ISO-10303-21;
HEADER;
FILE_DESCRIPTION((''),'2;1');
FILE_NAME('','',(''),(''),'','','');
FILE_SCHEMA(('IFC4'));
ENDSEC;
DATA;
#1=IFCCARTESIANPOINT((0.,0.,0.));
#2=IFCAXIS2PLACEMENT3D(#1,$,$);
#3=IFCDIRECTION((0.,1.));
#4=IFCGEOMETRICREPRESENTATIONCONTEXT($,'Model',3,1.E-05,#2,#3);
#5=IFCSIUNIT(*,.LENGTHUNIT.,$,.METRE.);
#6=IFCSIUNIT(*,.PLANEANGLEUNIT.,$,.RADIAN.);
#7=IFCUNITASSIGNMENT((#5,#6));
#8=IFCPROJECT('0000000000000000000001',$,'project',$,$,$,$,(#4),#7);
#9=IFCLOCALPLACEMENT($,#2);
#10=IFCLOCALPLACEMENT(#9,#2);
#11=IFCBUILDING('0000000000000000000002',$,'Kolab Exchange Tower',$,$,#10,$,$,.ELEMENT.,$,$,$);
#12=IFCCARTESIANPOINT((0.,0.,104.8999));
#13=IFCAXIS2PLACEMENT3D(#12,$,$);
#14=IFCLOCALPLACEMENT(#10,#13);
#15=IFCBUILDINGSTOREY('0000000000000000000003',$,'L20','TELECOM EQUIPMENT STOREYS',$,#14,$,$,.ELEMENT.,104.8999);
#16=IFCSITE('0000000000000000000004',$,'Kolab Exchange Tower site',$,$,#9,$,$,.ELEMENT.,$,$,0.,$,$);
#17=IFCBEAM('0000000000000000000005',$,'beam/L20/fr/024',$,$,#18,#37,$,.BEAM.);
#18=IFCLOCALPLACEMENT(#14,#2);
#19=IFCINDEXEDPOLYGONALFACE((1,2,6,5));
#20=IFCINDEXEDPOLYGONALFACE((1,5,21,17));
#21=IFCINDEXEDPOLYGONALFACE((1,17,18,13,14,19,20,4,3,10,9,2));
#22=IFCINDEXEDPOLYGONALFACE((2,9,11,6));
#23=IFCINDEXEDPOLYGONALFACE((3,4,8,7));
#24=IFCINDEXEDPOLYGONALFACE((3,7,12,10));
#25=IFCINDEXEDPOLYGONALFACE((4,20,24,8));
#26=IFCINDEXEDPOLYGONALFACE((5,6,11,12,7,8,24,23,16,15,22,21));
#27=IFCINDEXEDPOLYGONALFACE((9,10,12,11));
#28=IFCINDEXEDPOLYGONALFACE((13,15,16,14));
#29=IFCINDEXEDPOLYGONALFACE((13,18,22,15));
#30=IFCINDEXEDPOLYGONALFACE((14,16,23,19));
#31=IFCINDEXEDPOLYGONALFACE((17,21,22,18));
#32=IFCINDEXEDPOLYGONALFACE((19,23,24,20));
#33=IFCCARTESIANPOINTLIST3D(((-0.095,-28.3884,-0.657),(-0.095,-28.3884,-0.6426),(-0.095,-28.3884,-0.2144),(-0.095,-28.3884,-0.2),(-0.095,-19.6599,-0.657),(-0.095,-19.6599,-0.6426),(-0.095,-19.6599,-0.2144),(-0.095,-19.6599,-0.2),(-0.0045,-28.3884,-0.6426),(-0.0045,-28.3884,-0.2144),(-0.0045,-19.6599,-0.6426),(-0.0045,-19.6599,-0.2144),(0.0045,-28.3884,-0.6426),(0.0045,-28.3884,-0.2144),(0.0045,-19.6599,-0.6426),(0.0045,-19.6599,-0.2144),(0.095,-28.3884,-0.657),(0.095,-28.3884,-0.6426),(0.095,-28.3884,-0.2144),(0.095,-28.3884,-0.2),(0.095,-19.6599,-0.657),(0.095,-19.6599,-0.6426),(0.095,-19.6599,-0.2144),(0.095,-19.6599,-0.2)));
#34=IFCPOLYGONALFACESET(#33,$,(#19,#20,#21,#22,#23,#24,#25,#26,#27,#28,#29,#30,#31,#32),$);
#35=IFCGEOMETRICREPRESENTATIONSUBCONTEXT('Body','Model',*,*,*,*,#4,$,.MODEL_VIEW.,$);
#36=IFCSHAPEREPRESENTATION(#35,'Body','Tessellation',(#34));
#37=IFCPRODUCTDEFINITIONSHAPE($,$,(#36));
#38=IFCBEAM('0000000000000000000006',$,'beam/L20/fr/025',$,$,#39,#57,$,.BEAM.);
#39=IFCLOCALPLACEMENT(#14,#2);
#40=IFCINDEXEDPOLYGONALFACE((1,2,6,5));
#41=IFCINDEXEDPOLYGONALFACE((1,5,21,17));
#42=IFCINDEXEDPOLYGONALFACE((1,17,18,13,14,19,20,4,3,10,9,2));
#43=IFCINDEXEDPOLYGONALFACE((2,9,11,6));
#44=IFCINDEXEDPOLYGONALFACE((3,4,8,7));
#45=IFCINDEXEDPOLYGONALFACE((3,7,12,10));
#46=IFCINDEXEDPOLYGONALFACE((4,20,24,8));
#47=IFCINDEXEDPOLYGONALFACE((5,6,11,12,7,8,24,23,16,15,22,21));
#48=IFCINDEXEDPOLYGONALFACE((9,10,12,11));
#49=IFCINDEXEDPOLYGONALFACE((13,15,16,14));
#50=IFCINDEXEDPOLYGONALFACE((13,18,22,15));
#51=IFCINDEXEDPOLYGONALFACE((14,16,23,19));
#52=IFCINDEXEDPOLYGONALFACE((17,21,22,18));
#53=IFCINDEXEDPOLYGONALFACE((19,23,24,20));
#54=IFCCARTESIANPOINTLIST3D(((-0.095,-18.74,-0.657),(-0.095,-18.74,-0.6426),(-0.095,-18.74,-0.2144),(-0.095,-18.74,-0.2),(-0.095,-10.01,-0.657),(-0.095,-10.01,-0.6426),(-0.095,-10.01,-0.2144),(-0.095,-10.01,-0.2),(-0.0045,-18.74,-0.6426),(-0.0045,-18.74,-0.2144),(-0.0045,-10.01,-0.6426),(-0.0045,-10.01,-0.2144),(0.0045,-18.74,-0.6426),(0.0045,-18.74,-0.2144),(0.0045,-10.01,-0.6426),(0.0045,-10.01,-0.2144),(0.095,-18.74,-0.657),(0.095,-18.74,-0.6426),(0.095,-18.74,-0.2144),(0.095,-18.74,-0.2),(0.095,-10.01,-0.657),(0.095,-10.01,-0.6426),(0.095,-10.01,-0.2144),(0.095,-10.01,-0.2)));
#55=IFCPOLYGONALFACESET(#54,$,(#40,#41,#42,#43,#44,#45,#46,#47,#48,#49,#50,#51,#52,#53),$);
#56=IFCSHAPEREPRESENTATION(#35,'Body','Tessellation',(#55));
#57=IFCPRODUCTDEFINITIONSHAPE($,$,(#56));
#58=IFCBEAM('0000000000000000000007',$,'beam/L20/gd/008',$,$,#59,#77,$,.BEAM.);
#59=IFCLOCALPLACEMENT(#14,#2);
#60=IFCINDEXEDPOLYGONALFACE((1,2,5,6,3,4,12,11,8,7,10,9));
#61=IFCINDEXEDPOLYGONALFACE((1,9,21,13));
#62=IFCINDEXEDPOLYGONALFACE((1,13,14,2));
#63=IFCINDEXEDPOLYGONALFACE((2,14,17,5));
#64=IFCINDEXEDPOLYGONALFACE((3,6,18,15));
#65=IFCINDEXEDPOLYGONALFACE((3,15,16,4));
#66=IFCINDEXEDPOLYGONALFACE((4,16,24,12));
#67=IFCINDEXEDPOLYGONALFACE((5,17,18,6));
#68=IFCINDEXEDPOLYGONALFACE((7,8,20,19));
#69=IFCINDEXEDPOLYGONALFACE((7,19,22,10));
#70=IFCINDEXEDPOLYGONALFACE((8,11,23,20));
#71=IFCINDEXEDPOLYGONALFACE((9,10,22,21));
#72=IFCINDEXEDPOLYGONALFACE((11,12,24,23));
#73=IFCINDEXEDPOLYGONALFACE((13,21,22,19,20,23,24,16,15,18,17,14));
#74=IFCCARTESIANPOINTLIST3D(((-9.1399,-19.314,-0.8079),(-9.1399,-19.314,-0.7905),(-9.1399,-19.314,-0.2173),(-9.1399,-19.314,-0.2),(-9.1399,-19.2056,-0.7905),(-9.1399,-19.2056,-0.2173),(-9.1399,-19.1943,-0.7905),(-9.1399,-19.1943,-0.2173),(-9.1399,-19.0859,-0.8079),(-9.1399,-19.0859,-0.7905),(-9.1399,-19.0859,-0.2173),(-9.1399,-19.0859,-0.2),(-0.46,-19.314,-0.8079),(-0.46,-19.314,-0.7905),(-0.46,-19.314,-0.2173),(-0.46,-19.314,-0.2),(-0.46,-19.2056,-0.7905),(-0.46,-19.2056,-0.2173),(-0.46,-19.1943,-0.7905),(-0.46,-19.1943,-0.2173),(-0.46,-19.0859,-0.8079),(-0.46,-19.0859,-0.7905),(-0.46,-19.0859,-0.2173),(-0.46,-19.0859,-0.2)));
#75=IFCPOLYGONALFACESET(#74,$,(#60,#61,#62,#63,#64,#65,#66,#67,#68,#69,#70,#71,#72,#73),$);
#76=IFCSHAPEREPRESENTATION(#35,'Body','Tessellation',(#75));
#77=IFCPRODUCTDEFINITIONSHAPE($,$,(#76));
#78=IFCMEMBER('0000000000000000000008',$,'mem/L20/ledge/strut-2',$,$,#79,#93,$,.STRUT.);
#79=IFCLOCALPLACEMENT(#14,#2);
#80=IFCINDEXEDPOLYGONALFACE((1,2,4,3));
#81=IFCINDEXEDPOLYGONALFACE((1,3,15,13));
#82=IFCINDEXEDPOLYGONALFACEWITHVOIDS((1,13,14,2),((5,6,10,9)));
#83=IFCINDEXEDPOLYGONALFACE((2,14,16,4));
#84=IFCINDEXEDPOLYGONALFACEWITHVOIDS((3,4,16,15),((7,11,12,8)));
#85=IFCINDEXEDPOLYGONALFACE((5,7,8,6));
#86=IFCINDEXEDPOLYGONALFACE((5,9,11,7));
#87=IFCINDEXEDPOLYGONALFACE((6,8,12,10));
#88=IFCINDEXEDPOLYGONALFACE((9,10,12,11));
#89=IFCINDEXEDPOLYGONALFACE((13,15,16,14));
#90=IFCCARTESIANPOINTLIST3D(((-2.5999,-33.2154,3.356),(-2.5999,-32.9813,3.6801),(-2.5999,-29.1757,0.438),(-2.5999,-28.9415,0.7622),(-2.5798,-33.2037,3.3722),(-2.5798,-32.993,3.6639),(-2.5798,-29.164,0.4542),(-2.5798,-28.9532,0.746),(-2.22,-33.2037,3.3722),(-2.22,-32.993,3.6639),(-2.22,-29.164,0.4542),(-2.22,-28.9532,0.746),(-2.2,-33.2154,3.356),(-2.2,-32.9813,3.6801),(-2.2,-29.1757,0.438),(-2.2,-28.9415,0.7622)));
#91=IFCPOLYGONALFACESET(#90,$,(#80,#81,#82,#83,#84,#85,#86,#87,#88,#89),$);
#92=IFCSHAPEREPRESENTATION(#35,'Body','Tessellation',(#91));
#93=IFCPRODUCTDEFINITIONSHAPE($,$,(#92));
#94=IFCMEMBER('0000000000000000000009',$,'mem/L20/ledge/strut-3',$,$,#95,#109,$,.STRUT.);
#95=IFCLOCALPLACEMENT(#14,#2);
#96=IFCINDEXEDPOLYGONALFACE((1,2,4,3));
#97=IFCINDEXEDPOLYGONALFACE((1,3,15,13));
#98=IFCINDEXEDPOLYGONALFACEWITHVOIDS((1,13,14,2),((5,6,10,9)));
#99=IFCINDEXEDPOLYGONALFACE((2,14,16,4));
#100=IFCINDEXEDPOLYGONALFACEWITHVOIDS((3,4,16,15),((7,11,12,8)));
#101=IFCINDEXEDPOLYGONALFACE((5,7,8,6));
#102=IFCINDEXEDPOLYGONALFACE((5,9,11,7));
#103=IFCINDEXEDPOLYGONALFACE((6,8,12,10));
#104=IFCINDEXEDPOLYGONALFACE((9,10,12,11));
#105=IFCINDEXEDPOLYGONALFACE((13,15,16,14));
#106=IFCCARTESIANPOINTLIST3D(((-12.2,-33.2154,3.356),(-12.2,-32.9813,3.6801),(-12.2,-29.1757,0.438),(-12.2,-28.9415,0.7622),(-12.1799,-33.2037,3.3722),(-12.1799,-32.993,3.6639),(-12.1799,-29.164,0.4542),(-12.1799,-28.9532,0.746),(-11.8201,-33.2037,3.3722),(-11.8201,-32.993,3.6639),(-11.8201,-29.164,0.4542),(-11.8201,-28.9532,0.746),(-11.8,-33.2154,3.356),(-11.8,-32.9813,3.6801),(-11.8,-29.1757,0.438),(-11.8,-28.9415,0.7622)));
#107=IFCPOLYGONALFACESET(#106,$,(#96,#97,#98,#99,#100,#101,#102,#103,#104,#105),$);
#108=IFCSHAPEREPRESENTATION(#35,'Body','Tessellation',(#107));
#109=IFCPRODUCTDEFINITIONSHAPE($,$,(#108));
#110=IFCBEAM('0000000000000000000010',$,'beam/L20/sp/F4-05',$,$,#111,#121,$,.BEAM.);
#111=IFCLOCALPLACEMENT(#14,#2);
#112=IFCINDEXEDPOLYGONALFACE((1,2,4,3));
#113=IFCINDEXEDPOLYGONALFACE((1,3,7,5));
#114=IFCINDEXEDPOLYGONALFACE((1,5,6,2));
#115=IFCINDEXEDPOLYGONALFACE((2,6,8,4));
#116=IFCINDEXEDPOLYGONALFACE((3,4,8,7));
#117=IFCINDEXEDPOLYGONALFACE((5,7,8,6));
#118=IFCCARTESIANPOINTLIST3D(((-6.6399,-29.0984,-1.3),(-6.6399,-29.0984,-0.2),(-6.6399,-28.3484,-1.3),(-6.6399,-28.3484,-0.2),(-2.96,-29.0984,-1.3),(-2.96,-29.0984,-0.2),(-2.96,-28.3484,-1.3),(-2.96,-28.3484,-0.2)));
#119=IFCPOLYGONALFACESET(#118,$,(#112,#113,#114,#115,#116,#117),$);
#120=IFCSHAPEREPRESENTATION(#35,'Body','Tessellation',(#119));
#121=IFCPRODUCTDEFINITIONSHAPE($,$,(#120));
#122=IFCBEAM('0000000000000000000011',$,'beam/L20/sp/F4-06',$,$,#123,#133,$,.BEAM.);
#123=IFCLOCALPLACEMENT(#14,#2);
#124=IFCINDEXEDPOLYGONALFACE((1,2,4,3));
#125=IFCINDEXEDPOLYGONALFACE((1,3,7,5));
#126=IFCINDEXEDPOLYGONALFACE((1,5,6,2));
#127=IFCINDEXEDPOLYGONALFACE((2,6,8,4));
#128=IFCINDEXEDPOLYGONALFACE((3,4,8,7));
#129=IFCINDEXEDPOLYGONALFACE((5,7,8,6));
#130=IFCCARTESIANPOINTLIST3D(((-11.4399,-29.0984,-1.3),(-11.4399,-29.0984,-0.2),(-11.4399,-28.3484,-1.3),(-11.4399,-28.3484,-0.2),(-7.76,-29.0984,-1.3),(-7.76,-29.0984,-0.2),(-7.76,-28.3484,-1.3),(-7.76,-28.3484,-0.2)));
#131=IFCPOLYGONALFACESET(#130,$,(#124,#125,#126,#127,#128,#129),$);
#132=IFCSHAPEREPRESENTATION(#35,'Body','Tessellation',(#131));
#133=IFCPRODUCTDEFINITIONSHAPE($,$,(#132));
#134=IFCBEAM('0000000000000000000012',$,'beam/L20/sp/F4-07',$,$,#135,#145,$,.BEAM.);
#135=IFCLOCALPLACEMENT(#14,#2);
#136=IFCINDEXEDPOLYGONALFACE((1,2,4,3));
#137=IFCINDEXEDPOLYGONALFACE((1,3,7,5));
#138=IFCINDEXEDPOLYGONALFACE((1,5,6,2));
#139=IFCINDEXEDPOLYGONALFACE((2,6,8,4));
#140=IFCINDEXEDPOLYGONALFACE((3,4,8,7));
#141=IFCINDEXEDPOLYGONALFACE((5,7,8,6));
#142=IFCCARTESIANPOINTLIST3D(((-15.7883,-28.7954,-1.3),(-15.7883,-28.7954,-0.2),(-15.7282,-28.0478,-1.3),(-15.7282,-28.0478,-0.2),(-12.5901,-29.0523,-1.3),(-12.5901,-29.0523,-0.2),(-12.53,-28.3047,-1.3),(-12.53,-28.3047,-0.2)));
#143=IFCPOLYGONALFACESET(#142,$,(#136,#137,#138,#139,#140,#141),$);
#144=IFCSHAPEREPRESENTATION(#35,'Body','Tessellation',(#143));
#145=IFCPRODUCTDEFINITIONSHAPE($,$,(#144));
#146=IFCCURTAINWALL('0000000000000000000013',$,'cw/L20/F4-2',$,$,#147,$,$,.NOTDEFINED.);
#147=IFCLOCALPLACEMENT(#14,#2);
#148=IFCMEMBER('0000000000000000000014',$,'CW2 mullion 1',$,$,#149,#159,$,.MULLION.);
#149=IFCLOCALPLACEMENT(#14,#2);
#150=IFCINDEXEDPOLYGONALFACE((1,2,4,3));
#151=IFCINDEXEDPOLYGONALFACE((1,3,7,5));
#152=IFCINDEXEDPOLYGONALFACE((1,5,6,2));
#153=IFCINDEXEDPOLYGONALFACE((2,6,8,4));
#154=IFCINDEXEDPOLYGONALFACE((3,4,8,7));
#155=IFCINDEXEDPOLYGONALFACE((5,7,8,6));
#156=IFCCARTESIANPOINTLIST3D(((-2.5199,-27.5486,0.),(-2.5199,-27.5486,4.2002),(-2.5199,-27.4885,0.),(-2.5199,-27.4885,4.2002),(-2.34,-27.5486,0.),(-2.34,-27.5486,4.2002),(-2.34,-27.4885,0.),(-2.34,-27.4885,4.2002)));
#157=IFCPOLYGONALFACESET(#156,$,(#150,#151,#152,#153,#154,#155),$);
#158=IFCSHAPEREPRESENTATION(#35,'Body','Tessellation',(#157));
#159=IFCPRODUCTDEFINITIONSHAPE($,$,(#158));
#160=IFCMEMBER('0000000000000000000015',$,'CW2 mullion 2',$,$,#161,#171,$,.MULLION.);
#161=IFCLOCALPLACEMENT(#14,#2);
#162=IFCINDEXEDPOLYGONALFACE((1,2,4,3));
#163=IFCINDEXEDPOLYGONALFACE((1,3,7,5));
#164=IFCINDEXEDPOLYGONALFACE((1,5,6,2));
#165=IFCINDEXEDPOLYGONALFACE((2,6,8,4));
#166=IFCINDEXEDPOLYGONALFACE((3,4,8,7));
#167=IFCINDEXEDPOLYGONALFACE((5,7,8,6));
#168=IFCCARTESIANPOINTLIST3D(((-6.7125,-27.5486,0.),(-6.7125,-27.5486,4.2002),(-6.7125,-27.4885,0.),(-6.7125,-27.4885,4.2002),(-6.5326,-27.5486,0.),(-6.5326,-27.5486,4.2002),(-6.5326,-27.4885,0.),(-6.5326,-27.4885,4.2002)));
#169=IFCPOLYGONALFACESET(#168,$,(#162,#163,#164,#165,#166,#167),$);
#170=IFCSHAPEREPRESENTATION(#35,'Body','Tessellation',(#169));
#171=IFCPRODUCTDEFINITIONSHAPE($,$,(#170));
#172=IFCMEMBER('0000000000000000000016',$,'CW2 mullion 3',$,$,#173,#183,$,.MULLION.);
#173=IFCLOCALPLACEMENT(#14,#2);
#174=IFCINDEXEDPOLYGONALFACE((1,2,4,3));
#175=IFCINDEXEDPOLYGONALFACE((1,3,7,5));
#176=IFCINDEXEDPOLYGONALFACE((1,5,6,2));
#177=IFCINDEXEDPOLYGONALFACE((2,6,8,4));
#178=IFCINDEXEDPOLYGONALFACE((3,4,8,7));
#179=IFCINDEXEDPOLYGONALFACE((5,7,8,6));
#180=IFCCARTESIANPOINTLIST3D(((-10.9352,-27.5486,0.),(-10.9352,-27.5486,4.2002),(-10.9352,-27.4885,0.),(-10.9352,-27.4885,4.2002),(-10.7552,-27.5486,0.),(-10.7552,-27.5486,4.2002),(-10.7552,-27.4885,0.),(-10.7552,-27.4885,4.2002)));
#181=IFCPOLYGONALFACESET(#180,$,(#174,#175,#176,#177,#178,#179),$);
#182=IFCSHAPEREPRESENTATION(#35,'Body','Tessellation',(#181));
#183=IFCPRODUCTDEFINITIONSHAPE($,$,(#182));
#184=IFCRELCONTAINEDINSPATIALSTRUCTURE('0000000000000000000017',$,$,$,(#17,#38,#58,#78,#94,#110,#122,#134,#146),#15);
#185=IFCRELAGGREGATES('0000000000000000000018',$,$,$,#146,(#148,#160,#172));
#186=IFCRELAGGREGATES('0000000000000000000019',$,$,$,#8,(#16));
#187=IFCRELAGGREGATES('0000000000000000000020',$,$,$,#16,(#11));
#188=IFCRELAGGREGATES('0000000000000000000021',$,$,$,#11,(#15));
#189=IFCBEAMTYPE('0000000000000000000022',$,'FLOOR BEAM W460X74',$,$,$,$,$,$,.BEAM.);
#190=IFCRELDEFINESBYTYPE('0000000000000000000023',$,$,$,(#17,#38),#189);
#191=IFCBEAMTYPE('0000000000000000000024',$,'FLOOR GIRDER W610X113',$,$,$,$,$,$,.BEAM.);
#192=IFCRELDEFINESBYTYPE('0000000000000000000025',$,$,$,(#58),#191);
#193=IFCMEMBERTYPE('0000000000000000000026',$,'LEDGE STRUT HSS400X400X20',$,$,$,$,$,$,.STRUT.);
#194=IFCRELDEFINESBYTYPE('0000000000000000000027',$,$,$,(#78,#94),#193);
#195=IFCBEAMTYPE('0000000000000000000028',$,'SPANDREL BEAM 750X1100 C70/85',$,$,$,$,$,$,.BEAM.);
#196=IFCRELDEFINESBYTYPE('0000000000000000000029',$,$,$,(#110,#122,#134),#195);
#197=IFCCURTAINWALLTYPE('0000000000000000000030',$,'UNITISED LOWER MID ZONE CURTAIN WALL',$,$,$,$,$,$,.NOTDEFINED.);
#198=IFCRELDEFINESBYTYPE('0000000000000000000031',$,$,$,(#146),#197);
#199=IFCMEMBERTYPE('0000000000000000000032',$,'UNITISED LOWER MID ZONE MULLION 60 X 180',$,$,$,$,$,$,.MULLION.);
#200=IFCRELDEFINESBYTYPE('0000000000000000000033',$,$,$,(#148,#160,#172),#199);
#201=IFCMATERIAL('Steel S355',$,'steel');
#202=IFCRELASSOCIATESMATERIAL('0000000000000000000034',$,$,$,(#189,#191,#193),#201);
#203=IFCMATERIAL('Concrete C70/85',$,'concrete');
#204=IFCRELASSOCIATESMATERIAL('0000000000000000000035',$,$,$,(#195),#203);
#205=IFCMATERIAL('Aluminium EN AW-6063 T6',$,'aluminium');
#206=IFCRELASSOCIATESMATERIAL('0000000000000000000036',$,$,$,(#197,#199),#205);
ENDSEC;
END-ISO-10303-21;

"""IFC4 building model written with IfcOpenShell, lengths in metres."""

from ifc_helpers import new_model, si_unit, direction, frame, origin, origin_2d, place, context, subcontext, project, spatial, rectangle, hollow_rectangle, i_section, extrude, material, material_profile, profile_set, type_object, element, aggregate, save


model = new_model("IFC4")

# Units and contexts
model_context = context("Model", 3, precision=1e-05, world=origin(), true_north=direction((0.0, 1.0)))
body_context = subcontext(model_context, "Body", "Model", "MODEL_VIEW")
ifc_project = project(units=[si_unit("LENGTHUNIT", "METRE"), si_unit("PLANEANGLEUNIT", "RADIAN")], contexts=[model_context])

# Site, building, storey
site_placement = place(None, origin())
site = spatial("IfcSite", under=ifc_project, at=site_placement, Name="Kolab Exchange Tower site", CompositionType="ELEMENT", RefElevation=0.0)
building_placement = place(site_placement, origin())
building = spatial("IfcBuilding", under=site, at=building_placement, Name="Kolab Exchange Tower", CompositionType="ELEMENT")
storey_placement = place(building_placement, frame((0.0, 0.0, 104.8999)))
storey = spatial("IfcBuildingStorey", under=building, at=storey_placement, Name="L20", Description="TELECOM EQUIPMENT STOREYS", CompositionType="ELEMENT", Elevation=104.8999)

# Shared definitions
ifc_material_1 = material(Name="Concrete C70/85", Category="concrete")

# Beams
ifc_material_2 = material(Name="Steel S355", Category="steel")
ifc_material_profile_1 = material_profile(ifc_material_2, i_section(OverallWidth=0.1899, OverallDepth=0.457, WebThickness=0.009, FlangeThickness=0.0144, at=origin_2d()), Name="W460X74")
ifc_profile_set_1 = profile_set([ifc_material_profile_1], Name="Steel S355")
beam_type_1 = type_object("IfcBeamType", Name="FLOOR BEAM W460X74", PredefinedType="BEAM", material=ifc_profile_set_1)
beam_1_placement = place(storey_placement, frame((0.0, -28.3884, -0.4285), z_axis=(0.0, 1.0, 0.0), x_axis=(-1.0, 0.0, 0.0)))
element("IfcBeam", 1, at=beam_1_placement, inside=storey, type_object=beam_type_1, Name="beam/L20/fr/024", PredefinedType="BEAM", context=body_context, shape_type="SweptSolid", body=[
    extrude(i_section(OverallWidth=0.1899, OverallDepth=0.457, WebThickness=0.009, FlangeThickness=0.0144, at=origin_2d()), origin(), (0.0, 0.0, 1.0), 8.7285),
])
beam_2_placement = place(storey_placement, frame((0.0, -18.74, -0.4285), z_axis=(0.0, 1.0, 0.0), x_axis=(-1.0, 0.0, 0.0)))
element("IfcBeam", 2, at=beam_2_placement, inside=storey, type_object=beam_type_1, Name="beam/L20/fr/025", PredefinedType="BEAM", context=body_context, shape_type="SweptSolid", body=[
    extrude(i_section(OverallWidth=0.1899, OverallDepth=0.457, WebThickness=0.009, FlangeThickness=0.0144, at=origin_2d()), origin(), (0.0, 0.0, 1.0), 8.73),
])
ifc_material_profile_2 = material_profile(ifc_material_2, i_section(OverallWidth=0.228, OverallDepth=0.6079, WebThickness=0.0112, FlangeThickness=0.0173, at=origin_2d()), Name="W610X113")
ifc_profile_set_2 = profile_set([ifc_material_profile_2], Name="Steel S355")
beam_type_2 = type_object("IfcBeamType", Name="FLOOR GIRDER W610X113", PredefinedType="BEAM", material=ifc_profile_set_2)
beam_3_placement = place(storey_placement, frame((-9.1399, -19.2, -0.5039), z_axis=(1.0, 0.0, 0.0), x_axis=(0.0, 1.0, 0.0)))
element("IfcBeam", 3, at=beam_3_placement, inside=storey, type_object=beam_type_2, Name="beam/L20/gd/008", PredefinedType="BEAM", context=body_context, shape_type="SweptSolid", body=[
    extrude(i_section(OverallWidth=0.228, OverallDepth=0.6079, WebThickness=0.0112, FlangeThickness=0.0173, at=origin_2d()), origin(), (0.0, 0.0, 1.0), 8.6799),
])

# Members
ifc_material_profile_3 = material_profile(ifc_material_2, hollow_rectangle(XDim=0.3999, YDim=0.3999, WallThickness=0.02, at=origin_2d()), Name="HSS400X400X20")
ifc_profile_set_3 = profile_set([ifc_material_profile_3], Name="Steel S355")
member_type_1 = type_object("IfcMemberType", Name="LEDGE STRUT HSS400X400X20", PredefinedType="STRUT", material=ifc_profile_set_3)
for number, where, z_axis, x_axis, name in (
    (4, (-2.3999, -29.0586, 0.6001), (0.0, -0.810647, 0.585535), (1.0, 0.0, 0.0), "mem/L20/ledge/strut-2"),
    (5, (-12.0, -29.0586, 0.6001), (0.0, -0.810647, 0.585535), (1.0, 0.0, 0.0), "mem/L20/ledge/strut-3"),
):
    element("IfcMember", number, at=place(storey_placement, frame(where, z_axis=z_axis, x_axis=x_axis)), inside=storey, type_object=member_type_1, Name=name, PredefinedType="STRUT", context=body_context, shape_type="SweptSolid", body=[
        extrude(hollow_rectangle(XDim=0.3999, YDim=0.3999, WallThickness=0.02, at=origin_2d()), origin(), (0.0, 0.0, 1.0), 4.9834),
    ])

# Beams
ifc_material_profile_4 = material_profile(ifc_material_1, rectangle(XDim=0.75, YDim=1.1001, at=origin_2d()), Name="RC750X1100")
ifc_profile_set_4 = profile_set([ifc_material_profile_4], Name="Concrete C70/85")
beam_type_3 = type_object("IfcBeamType", Name="SPANDREL BEAM 750X1100 C70/85", PredefinedType="BEAM", material=ifc_profile_set_4)
for number, where, z_axis, x_axis, name in (
    (6, (-2.96, -28.7234, -0.75), (-1.0, 0.0, 0.0), (0.0, -1.0, 0.0), "beam/L20/sp/F4-05"),
    (7, (-7.76, -28.7234, -0.75), (-1.0, 0.0, 0.0), (0.0, -1.0, 0.0), "beam/L20/sp/F4-06"),
):
    element("IfcBeam", number, at=place(storey_placement, frame(where, z_axis=z_axis, x_axis=x_axis)), inside=storey, type_object=beam_type_3, Name=name, PredefinedType="BEAM", context=body_context, shape_type="SweptSolid", body=[
        extrude(rectangle(XDim=0.75, YDim=1.1001, at=origin_2d()), origin(), (0.0, 0.0, 1.0), 3.6799),
    ])
beam_4_placement = place(storey_placement, frame((-12.5601, -28.6785, -0.75), z_axis=(-0.996791, 0.080048, 0.0), x_axis=(-0.080048, -0.996791, 0.0)))
element("IfcBeam", 8, at=beam_4_placement, inside=storey, type_object=beam_type_3, Name="beam/L20/sp/F4-07", PredefinedType="BEAM", context=body_context, shape_type="SweptSolid", body=[
    extrude(rectangle(XDim=0.75, YDim=1.1001, at=origin_2d()), origin(), (0.0, 0.0, 1.0), 3.2085),
])

# Curtain wall, members
ifc_material_3 = material(Name="Aluminium EN AW-6063 T6", Category="aluminium")
curtain_wall_type = type_object("IfcCurtainWallType", Name="UNITISED LOWER MID ZONE CURTAIN WALL", PredefinedType="NOTDEFINED", material=ifc_material_3)
curtain_wall_placement = place(storey_placement, origin())
curtain_wall = element("IfcCurtainWall", 9, at=curtain_wall_placement, inside=storey, type_object=curtain_wall_type, Name="cw/L20/F4-2", PredefinedType="NOTDEFINED")
ifc_material_profile_5 = material_profile(ifc_material_3, rectangle(XDim=0.0601, YDim=0.1799, at=origin_2d()), Name="RECT 60X180")
ifc_profile_set_5 = profile_set([ifc_material_profile_5], Name="Aluminium EN AW-6063 T6")
member_type_2 = type_object("IfcMemberType", Name="UNITISED LOWER MID ZONE MULLION 60 X 180", PredefinedType="MULLION", material=ifc_profile_set_5)
member_1_placement = place(storey_placement, frame((-2.4299, -27.5186, 0.0), z_axis=(0.0, 0.0, 1.0), x_axis=(0.0, -1.0, 0.0)))
member_1 = element("IfcMember", 10, at=member_1_placement, type_object=member_type_2, Name="CW2 mullion 1", PredefinedType="MULLION", context=body_context, shape_type="SweptSolid", body=[
    extrude(rectangle(XDim=0.0601, YDim=0.1799, at=origin_2d()), origin(), (0.0, 0.0, 1.0), 4.2002),
])
member_2_placement = place(storey_placement, frame((-6.6226, -27.5186, 0.0), z_axis=(0.0, 0.0, 1.0), x_axis=(0.0, -1.0, 0.0)))
member_2 = element("IfcMember", 11, at=member_2_placement, type_object=member_type_2, Name="CW2 mullion 2", PredefinedType="MULLION", context=body_context, shape_type="SweptSolid", body=[
    extrude(rectangle(XDim=0.0601, YDim=0.1799, at=origin_2d()), origin(), (0.0, 0.0, 1.0), 4.2002),
])
member_3_placement = place(storey_placement, frame((-10.8452, -27.5186, 0.0), z_axis=(0.0, 0.0, 1.0), x_axis=(0.0, -1.0, 0.0)))
member_3 = element("IfcMember", 12, at=member_3_placement, type_object=member_type_2, Name="CW2 mullion 3", PredefinedType="MULLION", context=body_context, shape_type="SweptSolid", body=[
    extrude(rectangle(XDim=0.0601, YDim=0.1799, at=origin_2d()), origin(), (0.0, 0.0, 1.0), 4.2002),
])
aggregate(curtain_wall, [member_1, member_2, member_3])

save(model, "model.ifc")
